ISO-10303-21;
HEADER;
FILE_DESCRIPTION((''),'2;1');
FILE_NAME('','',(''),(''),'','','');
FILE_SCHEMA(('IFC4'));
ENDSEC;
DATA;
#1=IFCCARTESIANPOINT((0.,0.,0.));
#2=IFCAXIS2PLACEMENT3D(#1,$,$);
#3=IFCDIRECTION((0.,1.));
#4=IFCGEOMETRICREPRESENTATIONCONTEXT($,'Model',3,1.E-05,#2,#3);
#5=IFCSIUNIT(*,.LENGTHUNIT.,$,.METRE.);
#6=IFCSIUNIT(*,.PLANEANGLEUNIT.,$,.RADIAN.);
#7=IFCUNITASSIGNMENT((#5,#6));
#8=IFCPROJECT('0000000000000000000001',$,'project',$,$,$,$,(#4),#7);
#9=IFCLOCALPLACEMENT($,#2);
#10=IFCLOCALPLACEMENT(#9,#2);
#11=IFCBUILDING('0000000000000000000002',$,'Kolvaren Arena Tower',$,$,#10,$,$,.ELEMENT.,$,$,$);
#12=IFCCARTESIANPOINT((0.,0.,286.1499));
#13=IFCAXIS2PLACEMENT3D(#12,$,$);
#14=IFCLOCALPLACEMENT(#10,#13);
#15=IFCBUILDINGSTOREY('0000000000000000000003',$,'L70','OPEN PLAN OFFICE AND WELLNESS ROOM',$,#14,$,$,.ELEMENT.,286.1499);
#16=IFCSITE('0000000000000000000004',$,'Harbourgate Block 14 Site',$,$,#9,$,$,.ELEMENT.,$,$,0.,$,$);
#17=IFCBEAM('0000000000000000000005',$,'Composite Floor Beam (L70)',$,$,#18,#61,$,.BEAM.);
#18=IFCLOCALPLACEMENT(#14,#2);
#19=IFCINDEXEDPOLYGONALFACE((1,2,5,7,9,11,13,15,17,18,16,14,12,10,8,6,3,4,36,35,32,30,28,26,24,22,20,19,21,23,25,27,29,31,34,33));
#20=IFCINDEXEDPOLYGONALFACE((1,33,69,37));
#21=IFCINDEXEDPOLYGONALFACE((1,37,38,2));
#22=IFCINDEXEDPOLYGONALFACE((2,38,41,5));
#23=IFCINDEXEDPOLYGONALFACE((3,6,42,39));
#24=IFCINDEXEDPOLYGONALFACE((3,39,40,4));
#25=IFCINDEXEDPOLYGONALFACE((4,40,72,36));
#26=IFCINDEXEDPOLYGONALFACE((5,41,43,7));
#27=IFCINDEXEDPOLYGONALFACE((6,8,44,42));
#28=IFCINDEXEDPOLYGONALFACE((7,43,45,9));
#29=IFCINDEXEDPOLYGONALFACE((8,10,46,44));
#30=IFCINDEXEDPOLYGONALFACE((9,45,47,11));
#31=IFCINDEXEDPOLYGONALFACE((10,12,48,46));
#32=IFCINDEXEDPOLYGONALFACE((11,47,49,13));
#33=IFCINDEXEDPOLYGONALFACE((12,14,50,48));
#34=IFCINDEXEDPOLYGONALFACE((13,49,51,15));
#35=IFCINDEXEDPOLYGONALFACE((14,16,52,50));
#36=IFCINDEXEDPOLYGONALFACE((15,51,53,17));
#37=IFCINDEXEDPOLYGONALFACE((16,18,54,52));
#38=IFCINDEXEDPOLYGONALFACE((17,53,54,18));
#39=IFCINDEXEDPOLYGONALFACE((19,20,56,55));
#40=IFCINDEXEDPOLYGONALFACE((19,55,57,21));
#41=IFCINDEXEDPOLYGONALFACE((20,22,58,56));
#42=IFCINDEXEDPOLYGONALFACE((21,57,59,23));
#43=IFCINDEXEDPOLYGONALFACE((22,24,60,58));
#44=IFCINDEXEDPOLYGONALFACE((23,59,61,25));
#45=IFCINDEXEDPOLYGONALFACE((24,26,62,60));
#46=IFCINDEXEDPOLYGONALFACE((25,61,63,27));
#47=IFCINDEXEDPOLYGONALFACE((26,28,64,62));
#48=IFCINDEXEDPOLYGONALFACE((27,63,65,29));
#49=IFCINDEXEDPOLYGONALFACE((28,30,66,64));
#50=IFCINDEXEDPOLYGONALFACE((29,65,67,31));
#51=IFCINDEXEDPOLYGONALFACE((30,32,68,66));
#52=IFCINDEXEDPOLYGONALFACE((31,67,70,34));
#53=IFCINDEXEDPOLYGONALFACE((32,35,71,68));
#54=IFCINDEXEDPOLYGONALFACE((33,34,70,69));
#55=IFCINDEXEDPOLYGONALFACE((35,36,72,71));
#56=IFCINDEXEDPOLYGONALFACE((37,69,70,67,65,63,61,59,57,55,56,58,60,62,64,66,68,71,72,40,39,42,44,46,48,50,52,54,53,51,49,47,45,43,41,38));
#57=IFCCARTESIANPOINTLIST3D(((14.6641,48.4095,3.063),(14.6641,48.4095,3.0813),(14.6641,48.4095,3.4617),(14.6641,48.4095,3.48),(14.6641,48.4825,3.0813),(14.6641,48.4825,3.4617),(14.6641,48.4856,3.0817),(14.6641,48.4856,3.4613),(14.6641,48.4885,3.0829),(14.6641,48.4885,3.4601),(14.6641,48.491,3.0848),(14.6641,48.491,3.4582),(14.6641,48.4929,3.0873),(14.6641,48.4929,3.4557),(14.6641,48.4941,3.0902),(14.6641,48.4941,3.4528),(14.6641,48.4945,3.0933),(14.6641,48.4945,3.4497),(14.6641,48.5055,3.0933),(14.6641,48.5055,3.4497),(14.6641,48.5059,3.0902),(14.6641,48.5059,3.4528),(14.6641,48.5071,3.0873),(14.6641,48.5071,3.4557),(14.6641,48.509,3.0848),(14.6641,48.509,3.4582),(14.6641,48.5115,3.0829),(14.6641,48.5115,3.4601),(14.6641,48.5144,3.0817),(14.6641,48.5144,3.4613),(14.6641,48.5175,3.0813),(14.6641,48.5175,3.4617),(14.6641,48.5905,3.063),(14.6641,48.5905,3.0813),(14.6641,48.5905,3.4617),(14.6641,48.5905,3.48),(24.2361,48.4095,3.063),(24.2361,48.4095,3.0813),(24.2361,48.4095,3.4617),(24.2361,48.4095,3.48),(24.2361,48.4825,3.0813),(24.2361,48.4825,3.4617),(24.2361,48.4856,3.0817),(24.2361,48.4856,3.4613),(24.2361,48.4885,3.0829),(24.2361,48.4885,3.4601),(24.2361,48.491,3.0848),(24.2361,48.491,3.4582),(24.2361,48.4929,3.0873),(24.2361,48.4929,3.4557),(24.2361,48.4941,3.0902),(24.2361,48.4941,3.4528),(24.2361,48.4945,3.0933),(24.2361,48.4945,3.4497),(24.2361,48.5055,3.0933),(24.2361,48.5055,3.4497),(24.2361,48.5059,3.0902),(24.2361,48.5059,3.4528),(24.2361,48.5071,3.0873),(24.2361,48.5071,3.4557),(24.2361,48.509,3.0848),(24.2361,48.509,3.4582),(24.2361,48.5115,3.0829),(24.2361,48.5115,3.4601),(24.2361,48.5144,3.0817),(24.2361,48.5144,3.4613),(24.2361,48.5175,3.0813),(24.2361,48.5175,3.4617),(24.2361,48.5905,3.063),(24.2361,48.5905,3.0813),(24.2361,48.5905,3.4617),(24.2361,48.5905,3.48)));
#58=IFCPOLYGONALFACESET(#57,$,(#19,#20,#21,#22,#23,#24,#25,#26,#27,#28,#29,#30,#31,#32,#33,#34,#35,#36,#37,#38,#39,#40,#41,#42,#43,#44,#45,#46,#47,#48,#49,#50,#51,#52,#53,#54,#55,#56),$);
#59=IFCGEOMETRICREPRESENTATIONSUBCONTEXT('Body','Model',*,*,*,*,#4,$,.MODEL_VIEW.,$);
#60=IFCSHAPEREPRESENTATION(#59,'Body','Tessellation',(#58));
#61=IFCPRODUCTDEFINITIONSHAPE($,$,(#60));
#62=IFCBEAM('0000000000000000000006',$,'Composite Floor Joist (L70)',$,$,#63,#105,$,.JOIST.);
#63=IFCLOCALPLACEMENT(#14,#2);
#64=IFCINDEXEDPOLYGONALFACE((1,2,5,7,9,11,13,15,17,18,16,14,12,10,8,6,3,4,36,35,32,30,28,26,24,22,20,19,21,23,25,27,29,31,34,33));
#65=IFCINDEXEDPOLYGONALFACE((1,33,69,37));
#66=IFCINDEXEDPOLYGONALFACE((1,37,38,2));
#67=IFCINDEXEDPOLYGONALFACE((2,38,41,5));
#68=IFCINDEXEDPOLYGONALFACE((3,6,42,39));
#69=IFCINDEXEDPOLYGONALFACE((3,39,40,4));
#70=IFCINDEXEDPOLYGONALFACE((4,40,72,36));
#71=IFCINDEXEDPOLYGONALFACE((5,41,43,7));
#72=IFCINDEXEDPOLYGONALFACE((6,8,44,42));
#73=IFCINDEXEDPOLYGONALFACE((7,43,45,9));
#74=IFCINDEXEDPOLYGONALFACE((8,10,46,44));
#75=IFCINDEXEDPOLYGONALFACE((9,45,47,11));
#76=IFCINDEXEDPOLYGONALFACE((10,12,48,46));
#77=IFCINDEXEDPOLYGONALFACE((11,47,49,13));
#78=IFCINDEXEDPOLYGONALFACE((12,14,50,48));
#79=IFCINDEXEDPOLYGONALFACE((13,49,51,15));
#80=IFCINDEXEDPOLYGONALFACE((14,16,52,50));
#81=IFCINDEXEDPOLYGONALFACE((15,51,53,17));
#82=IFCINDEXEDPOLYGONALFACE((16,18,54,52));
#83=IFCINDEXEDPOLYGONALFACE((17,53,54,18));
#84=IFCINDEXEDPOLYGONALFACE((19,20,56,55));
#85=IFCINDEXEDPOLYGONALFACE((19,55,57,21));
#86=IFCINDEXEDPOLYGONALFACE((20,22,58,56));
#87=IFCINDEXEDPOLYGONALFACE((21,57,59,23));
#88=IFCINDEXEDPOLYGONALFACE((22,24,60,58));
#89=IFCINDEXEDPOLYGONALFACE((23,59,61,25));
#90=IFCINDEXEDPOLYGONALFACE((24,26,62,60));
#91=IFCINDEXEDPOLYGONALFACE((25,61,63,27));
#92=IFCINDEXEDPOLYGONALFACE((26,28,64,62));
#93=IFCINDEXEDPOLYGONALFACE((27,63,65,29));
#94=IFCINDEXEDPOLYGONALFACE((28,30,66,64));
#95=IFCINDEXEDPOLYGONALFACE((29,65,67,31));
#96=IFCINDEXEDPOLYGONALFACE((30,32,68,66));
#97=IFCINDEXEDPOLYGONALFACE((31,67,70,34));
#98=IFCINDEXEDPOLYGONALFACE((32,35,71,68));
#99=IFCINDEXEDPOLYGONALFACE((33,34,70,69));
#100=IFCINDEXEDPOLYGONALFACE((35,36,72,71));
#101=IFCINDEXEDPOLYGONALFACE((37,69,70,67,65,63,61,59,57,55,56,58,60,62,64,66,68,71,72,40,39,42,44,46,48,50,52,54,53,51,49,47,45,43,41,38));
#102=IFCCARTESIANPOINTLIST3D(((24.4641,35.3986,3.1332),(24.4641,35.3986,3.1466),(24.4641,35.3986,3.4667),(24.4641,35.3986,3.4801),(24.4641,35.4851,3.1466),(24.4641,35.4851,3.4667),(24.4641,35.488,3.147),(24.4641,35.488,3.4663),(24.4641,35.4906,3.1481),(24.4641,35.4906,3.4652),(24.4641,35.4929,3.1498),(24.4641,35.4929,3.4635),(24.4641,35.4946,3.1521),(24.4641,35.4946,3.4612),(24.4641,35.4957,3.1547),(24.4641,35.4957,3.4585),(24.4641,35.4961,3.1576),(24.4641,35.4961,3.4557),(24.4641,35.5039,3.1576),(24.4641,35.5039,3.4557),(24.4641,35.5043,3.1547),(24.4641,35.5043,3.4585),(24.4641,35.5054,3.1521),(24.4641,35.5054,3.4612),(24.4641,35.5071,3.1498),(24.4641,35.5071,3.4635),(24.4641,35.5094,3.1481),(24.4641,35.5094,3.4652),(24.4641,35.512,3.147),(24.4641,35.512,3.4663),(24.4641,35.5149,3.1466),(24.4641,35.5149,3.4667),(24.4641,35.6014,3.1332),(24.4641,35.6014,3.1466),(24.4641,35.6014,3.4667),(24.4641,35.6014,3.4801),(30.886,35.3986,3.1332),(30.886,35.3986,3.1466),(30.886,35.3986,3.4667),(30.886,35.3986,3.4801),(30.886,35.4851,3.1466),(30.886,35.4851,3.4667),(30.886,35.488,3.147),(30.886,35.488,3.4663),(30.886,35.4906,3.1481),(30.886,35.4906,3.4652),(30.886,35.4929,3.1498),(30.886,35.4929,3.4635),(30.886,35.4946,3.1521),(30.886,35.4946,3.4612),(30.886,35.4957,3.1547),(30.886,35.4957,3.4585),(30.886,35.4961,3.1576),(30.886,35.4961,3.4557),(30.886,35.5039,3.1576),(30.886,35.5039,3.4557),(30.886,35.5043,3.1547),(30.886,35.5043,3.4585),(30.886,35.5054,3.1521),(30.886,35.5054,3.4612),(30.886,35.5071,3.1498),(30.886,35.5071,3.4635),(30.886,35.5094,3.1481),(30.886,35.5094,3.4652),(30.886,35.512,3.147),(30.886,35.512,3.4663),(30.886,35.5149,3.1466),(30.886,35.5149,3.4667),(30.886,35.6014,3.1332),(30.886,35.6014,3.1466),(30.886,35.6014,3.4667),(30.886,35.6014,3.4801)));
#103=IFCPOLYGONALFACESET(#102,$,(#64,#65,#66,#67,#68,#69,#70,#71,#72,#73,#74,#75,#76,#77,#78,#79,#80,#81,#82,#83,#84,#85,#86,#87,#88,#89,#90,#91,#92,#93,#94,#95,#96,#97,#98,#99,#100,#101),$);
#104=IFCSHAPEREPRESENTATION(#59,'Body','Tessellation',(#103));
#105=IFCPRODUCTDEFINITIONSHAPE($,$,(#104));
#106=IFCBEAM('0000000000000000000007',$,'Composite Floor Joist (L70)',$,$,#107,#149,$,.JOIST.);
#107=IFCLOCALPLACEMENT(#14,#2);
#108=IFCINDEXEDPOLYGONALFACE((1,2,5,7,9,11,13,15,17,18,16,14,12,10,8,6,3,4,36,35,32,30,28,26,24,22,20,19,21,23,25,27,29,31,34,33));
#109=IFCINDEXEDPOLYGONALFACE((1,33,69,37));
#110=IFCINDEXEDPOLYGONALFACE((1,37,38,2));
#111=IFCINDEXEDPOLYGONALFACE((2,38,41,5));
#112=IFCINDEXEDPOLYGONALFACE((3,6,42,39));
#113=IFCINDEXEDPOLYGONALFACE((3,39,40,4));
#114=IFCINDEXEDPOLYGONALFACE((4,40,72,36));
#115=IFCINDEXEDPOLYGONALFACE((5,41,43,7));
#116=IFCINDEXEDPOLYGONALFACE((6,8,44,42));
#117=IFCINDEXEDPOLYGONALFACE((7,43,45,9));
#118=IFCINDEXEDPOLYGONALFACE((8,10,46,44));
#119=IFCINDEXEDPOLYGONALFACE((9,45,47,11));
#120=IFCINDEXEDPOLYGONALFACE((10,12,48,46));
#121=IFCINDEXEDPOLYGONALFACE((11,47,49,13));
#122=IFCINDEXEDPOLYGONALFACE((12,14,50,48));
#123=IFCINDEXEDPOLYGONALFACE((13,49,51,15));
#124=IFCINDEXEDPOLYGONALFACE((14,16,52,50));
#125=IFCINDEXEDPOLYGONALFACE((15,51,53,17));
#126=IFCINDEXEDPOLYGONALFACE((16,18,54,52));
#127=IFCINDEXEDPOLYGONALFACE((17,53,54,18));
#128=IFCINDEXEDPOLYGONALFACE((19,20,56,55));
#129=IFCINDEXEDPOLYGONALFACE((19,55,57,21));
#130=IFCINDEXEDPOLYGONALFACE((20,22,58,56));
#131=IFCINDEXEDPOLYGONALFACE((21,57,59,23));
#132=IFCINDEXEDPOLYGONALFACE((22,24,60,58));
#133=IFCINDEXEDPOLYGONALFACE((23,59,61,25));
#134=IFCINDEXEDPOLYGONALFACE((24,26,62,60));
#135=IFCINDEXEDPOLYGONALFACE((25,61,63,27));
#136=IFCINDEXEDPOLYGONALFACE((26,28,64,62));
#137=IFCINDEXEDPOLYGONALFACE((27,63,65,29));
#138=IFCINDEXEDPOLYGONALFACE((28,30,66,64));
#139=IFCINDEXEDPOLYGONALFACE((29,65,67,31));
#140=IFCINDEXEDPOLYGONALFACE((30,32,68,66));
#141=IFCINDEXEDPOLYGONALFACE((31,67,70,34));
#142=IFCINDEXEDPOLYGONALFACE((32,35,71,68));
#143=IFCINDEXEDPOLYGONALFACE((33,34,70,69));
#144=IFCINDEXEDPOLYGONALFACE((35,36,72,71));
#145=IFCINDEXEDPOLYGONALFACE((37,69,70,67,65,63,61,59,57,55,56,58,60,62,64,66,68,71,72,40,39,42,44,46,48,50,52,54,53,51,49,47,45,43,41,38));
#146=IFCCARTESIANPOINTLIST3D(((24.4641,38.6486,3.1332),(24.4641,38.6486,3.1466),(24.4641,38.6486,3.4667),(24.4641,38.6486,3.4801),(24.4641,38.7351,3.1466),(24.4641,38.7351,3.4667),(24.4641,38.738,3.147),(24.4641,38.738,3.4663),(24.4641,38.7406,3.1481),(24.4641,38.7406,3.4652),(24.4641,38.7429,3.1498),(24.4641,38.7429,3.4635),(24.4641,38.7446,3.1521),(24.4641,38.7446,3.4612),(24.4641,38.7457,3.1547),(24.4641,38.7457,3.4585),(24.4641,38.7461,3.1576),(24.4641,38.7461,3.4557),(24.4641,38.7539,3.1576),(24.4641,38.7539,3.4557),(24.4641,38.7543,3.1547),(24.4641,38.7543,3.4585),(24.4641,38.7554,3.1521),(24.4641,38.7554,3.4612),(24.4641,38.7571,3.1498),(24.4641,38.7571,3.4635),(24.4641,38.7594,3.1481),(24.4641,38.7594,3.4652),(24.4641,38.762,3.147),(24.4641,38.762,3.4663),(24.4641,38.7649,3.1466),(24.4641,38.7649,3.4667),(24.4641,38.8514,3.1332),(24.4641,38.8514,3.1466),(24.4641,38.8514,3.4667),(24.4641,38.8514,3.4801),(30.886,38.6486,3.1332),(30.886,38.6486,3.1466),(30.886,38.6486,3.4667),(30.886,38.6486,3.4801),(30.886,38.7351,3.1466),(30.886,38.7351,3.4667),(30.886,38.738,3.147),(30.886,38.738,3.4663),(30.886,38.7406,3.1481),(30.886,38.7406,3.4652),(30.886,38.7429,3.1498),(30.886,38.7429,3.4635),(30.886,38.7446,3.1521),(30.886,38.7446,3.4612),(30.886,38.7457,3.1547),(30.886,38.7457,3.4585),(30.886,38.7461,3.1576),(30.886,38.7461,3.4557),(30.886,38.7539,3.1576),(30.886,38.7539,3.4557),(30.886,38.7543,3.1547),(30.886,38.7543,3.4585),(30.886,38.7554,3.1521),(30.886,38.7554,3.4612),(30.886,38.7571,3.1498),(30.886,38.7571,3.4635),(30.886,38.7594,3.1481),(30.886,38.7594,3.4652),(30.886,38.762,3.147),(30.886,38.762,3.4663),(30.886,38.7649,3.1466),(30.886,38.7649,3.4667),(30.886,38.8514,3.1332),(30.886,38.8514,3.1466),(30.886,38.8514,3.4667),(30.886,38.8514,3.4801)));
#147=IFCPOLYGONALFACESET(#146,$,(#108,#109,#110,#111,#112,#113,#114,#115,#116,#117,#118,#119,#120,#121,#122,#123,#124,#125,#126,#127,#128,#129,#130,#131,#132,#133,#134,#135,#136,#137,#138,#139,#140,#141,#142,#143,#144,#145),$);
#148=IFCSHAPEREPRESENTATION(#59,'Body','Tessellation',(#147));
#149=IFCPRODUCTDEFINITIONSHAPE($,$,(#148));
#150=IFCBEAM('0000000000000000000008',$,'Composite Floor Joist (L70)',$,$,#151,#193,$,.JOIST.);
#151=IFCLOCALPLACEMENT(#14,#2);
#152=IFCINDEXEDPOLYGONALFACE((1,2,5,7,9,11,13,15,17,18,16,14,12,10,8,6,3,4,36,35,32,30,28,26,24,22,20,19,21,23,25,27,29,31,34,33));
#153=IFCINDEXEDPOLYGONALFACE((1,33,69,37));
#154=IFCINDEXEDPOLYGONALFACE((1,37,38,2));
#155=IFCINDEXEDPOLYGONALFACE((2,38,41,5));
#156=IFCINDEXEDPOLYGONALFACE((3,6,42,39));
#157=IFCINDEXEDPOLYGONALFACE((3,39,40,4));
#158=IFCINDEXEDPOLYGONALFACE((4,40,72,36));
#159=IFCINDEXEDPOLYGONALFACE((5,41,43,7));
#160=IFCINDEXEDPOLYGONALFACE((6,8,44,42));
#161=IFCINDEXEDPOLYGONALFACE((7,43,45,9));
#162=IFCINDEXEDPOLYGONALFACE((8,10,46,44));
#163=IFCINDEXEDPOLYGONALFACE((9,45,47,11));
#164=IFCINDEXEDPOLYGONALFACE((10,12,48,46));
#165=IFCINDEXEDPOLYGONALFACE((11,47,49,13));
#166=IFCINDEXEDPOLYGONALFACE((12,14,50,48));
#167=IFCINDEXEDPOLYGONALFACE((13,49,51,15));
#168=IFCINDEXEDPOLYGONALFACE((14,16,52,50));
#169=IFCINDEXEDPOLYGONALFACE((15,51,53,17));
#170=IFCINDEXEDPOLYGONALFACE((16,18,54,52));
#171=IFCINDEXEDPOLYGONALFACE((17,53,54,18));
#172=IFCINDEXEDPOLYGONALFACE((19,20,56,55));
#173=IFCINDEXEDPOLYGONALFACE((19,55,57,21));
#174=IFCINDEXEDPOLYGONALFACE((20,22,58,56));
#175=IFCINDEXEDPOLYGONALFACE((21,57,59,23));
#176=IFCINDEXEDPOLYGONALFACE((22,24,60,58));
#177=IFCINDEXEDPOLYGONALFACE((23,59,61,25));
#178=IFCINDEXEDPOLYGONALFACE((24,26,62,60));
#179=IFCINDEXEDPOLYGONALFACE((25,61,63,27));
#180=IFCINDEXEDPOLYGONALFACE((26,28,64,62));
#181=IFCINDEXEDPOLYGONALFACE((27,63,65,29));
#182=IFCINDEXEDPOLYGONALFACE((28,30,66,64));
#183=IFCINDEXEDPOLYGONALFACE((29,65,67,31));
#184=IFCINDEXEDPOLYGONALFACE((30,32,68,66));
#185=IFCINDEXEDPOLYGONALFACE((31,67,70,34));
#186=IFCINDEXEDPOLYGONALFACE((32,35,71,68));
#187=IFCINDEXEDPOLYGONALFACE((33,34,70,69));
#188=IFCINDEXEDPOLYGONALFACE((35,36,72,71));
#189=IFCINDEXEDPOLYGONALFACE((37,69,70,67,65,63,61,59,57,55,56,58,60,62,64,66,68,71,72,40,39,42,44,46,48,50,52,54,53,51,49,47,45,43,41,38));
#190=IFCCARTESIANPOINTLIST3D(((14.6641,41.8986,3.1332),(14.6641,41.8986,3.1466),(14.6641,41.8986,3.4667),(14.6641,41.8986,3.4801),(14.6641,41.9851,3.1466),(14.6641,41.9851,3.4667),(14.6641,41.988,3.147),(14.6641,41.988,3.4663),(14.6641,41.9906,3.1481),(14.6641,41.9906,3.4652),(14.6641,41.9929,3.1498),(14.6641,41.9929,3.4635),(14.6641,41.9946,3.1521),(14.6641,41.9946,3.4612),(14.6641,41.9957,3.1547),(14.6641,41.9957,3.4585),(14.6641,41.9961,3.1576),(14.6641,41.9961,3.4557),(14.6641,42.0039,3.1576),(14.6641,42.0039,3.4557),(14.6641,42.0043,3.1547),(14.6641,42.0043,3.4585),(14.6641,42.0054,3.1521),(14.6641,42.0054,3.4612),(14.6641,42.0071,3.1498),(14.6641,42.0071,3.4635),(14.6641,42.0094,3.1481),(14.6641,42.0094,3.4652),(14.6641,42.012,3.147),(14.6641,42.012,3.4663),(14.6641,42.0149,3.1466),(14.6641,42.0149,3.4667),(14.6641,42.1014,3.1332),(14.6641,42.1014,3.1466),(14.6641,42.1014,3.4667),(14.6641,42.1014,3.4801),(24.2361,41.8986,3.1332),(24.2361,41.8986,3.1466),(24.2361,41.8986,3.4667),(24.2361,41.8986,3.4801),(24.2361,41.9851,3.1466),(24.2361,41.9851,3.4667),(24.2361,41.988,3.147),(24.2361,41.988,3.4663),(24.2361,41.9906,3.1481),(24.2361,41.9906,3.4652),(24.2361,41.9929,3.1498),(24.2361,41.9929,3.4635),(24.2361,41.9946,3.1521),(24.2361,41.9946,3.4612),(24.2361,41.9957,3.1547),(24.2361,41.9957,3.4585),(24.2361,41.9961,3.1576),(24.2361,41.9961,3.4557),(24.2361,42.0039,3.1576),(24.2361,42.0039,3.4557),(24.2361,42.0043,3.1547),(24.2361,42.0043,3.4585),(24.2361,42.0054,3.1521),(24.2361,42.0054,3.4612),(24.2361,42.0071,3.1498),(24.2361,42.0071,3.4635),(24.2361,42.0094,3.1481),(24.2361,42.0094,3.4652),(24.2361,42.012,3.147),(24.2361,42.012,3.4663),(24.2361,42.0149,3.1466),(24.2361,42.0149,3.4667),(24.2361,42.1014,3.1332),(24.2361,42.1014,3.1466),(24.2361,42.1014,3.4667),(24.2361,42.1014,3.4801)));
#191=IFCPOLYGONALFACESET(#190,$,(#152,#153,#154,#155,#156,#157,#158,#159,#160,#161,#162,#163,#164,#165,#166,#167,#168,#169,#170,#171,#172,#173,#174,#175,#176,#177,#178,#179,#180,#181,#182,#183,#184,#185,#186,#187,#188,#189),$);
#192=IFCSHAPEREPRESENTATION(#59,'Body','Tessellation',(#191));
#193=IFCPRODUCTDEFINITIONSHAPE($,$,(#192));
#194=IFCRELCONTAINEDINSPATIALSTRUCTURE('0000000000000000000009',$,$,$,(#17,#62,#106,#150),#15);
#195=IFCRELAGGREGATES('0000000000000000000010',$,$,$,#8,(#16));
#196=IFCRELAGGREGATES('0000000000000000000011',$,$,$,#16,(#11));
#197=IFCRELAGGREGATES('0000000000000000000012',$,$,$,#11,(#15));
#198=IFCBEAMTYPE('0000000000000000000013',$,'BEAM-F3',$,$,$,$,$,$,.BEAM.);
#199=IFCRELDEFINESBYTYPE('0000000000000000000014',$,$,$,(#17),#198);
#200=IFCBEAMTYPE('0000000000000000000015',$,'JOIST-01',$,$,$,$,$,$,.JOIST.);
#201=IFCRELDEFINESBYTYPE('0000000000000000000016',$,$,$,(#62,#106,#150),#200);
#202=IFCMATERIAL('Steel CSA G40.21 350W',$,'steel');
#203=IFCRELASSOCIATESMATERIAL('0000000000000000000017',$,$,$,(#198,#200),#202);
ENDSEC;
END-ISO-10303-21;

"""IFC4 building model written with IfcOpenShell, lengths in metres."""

from ifc_helpers import new_model, si_unit, direction, frame, origin, origin_2d, place, context, subcontext, project, spatial, i_section, extrude, material, material_profile, profile_set, type_object, element, save


model = new_model("IFC4")

# Units and contexts
model_context = context("Model", 3, precision=1e-05, world=origin(), true_north=direction((0.0, 1.0)))
body_context = subcontext(model_context, "Body", "Model", "MODEL_VIEW")
ifc_project = project(units=[si_unit("LENGTHUNIT", "METRE"), si_unit("PLANEANGLEUNIT", "RADIAN")], contexts=[model_context])

# Site, building, storey
site_placement = place(None, origin())
site = spatial("IfcSite", under=ifc_project, at=site_placement, Name="Harbourgate Block 14 Site", CompositionType="ELEMENT", RefElevation=0.0)
building_placement = place(site_placement, origin())
building = spatial("IfcBuilding", under=site, at=building_placement, Name="Kolvaren Arena Tower", CompositionType="ELEMENT")
storey_placement = place(building_placement, frame((0.0, 0.0, 286.1499)))
storey = spatial("IfcBuildingStorey", under=building, at=storey_placement, Name="L70", Description="OPEN PLAN OFFICE AND WELLNESS ROOM", CompositionType="ELEMENT", Elevation=286.1499)

# Beams
ifc_material_1 = material(Name="Steel CSA G40.21 350W", Category="steel")
ifc_material_profile_1 = material_profile(ifc_material_1, i_section(OverallWidth=0.1809, OverallDepth=0.417, WebThickness=0.011, FlangeThickness=0.0183, FilletRadius=0.012, at=origin_2d()), Name="W410x85")
ifc_profile_set_1 = profile_set([ifc_material_profile_1], Name="Steel CSA G40.21 350W")
beam_type_1 = type_object("IfcBeamType", Name="BEAM-F3", PredefinedType="BEAM", material=ifc_profile_set_1)
beam_1_placement = place(storey_placement, frame((14.6641, 48.5, 3.2715), z_axis=(1.0, 0.0, 0.0), x_axis=(0.0, 1.0, 0.0)))
element("IfcBeam", 1, at=beam_1_placement, inside=storey, type_object=beam_type_1, Name="Composite Floor Beam (L70)", PredefinedType="BEAM", context=body_context, shape_type="SweptSolid", body=[
    extrude(i_section(OverallWidth=0.1809, OverallDepth=0.417, WebThickness=0.011, FlangeThickness=0.0183, FilletRadius=0.012, at=origin_2d()), origin(), (0.0, 0.0, 1.0), 9.572),
])
ifc_material_profile_2 = material_profile(ifc_material_1, i_section(OverallWidth=0.2029, OverallDepth=0.3469, WebThickness=0.0078, FlangeThickness=0.0134, FilletRadius=0.011, at=origin_2d()), Name="W360x64")
ifc_profile_set_2 = profile_set([ifc_material_profile_2], Name="Steel CSA G40.21 350W")
beam_type_2 = type_object("IfcBeamType", Name="JOIST-01", PredefinedType="JOIST", material=ifc_profile_set_2)
for number, where, z_axis, x_axis, name in (
    (2, (24.4641, 35.5, 3.3066), (1.0, 0.0, 0.0), (0.0, 1.0, 0.0), "Composite Floor Joist (L70)"),
    (3, (24.4641, 38.75, 3.3066), (1.0, 0.0, 0.0), (0.0, 1.0, 0.0), "Composite Floor Joist (L70)"),
):
    element("IfcBeam", number, at=place(storey_placement, frame(where, z_axis=z_axis, x_axis=x_axis)), inside=storey, type_object=beam_type_2, Name=name, PredefinedType="JOIST", context=body_context, shape_type="SweptSolid", body=[
        extrude(i_section(OverallWidth=0.2029, OverallDepth=0.3469, WebThickness=0.0078, FlangeThickness=0.0134, FilletRadius=0.011, at=origin_2d()), origin(), (0.0, 0.0, 1.0), 6.4219),
    ])
beam_2_placement = place(storey_placement, frame((14.6641, 42.0, 3.3066), z_axis=(1.0, 0.0, 0.0), x_axis=(0.0, 1.0, 0.0)))
element("IfcBeam", 4, at=beam_2_placement, inside=storey, type_object=beam_type_2, Name="Composite Floor Joist (L70)", PredefinedType="JOIST", context=body_context, shape_type="SweptSolid", body=[
    extrude(i_section(OverallWidth=0.2029, OverallDepth=0.3469, WebThickness=0.0078, FlangeThickness=0.0134, FilletRadius=0.011, at=origin_2d()), origin(), (0.0, 0.0, 1.0), 9.572),
])

save(model, "model.ifc")
